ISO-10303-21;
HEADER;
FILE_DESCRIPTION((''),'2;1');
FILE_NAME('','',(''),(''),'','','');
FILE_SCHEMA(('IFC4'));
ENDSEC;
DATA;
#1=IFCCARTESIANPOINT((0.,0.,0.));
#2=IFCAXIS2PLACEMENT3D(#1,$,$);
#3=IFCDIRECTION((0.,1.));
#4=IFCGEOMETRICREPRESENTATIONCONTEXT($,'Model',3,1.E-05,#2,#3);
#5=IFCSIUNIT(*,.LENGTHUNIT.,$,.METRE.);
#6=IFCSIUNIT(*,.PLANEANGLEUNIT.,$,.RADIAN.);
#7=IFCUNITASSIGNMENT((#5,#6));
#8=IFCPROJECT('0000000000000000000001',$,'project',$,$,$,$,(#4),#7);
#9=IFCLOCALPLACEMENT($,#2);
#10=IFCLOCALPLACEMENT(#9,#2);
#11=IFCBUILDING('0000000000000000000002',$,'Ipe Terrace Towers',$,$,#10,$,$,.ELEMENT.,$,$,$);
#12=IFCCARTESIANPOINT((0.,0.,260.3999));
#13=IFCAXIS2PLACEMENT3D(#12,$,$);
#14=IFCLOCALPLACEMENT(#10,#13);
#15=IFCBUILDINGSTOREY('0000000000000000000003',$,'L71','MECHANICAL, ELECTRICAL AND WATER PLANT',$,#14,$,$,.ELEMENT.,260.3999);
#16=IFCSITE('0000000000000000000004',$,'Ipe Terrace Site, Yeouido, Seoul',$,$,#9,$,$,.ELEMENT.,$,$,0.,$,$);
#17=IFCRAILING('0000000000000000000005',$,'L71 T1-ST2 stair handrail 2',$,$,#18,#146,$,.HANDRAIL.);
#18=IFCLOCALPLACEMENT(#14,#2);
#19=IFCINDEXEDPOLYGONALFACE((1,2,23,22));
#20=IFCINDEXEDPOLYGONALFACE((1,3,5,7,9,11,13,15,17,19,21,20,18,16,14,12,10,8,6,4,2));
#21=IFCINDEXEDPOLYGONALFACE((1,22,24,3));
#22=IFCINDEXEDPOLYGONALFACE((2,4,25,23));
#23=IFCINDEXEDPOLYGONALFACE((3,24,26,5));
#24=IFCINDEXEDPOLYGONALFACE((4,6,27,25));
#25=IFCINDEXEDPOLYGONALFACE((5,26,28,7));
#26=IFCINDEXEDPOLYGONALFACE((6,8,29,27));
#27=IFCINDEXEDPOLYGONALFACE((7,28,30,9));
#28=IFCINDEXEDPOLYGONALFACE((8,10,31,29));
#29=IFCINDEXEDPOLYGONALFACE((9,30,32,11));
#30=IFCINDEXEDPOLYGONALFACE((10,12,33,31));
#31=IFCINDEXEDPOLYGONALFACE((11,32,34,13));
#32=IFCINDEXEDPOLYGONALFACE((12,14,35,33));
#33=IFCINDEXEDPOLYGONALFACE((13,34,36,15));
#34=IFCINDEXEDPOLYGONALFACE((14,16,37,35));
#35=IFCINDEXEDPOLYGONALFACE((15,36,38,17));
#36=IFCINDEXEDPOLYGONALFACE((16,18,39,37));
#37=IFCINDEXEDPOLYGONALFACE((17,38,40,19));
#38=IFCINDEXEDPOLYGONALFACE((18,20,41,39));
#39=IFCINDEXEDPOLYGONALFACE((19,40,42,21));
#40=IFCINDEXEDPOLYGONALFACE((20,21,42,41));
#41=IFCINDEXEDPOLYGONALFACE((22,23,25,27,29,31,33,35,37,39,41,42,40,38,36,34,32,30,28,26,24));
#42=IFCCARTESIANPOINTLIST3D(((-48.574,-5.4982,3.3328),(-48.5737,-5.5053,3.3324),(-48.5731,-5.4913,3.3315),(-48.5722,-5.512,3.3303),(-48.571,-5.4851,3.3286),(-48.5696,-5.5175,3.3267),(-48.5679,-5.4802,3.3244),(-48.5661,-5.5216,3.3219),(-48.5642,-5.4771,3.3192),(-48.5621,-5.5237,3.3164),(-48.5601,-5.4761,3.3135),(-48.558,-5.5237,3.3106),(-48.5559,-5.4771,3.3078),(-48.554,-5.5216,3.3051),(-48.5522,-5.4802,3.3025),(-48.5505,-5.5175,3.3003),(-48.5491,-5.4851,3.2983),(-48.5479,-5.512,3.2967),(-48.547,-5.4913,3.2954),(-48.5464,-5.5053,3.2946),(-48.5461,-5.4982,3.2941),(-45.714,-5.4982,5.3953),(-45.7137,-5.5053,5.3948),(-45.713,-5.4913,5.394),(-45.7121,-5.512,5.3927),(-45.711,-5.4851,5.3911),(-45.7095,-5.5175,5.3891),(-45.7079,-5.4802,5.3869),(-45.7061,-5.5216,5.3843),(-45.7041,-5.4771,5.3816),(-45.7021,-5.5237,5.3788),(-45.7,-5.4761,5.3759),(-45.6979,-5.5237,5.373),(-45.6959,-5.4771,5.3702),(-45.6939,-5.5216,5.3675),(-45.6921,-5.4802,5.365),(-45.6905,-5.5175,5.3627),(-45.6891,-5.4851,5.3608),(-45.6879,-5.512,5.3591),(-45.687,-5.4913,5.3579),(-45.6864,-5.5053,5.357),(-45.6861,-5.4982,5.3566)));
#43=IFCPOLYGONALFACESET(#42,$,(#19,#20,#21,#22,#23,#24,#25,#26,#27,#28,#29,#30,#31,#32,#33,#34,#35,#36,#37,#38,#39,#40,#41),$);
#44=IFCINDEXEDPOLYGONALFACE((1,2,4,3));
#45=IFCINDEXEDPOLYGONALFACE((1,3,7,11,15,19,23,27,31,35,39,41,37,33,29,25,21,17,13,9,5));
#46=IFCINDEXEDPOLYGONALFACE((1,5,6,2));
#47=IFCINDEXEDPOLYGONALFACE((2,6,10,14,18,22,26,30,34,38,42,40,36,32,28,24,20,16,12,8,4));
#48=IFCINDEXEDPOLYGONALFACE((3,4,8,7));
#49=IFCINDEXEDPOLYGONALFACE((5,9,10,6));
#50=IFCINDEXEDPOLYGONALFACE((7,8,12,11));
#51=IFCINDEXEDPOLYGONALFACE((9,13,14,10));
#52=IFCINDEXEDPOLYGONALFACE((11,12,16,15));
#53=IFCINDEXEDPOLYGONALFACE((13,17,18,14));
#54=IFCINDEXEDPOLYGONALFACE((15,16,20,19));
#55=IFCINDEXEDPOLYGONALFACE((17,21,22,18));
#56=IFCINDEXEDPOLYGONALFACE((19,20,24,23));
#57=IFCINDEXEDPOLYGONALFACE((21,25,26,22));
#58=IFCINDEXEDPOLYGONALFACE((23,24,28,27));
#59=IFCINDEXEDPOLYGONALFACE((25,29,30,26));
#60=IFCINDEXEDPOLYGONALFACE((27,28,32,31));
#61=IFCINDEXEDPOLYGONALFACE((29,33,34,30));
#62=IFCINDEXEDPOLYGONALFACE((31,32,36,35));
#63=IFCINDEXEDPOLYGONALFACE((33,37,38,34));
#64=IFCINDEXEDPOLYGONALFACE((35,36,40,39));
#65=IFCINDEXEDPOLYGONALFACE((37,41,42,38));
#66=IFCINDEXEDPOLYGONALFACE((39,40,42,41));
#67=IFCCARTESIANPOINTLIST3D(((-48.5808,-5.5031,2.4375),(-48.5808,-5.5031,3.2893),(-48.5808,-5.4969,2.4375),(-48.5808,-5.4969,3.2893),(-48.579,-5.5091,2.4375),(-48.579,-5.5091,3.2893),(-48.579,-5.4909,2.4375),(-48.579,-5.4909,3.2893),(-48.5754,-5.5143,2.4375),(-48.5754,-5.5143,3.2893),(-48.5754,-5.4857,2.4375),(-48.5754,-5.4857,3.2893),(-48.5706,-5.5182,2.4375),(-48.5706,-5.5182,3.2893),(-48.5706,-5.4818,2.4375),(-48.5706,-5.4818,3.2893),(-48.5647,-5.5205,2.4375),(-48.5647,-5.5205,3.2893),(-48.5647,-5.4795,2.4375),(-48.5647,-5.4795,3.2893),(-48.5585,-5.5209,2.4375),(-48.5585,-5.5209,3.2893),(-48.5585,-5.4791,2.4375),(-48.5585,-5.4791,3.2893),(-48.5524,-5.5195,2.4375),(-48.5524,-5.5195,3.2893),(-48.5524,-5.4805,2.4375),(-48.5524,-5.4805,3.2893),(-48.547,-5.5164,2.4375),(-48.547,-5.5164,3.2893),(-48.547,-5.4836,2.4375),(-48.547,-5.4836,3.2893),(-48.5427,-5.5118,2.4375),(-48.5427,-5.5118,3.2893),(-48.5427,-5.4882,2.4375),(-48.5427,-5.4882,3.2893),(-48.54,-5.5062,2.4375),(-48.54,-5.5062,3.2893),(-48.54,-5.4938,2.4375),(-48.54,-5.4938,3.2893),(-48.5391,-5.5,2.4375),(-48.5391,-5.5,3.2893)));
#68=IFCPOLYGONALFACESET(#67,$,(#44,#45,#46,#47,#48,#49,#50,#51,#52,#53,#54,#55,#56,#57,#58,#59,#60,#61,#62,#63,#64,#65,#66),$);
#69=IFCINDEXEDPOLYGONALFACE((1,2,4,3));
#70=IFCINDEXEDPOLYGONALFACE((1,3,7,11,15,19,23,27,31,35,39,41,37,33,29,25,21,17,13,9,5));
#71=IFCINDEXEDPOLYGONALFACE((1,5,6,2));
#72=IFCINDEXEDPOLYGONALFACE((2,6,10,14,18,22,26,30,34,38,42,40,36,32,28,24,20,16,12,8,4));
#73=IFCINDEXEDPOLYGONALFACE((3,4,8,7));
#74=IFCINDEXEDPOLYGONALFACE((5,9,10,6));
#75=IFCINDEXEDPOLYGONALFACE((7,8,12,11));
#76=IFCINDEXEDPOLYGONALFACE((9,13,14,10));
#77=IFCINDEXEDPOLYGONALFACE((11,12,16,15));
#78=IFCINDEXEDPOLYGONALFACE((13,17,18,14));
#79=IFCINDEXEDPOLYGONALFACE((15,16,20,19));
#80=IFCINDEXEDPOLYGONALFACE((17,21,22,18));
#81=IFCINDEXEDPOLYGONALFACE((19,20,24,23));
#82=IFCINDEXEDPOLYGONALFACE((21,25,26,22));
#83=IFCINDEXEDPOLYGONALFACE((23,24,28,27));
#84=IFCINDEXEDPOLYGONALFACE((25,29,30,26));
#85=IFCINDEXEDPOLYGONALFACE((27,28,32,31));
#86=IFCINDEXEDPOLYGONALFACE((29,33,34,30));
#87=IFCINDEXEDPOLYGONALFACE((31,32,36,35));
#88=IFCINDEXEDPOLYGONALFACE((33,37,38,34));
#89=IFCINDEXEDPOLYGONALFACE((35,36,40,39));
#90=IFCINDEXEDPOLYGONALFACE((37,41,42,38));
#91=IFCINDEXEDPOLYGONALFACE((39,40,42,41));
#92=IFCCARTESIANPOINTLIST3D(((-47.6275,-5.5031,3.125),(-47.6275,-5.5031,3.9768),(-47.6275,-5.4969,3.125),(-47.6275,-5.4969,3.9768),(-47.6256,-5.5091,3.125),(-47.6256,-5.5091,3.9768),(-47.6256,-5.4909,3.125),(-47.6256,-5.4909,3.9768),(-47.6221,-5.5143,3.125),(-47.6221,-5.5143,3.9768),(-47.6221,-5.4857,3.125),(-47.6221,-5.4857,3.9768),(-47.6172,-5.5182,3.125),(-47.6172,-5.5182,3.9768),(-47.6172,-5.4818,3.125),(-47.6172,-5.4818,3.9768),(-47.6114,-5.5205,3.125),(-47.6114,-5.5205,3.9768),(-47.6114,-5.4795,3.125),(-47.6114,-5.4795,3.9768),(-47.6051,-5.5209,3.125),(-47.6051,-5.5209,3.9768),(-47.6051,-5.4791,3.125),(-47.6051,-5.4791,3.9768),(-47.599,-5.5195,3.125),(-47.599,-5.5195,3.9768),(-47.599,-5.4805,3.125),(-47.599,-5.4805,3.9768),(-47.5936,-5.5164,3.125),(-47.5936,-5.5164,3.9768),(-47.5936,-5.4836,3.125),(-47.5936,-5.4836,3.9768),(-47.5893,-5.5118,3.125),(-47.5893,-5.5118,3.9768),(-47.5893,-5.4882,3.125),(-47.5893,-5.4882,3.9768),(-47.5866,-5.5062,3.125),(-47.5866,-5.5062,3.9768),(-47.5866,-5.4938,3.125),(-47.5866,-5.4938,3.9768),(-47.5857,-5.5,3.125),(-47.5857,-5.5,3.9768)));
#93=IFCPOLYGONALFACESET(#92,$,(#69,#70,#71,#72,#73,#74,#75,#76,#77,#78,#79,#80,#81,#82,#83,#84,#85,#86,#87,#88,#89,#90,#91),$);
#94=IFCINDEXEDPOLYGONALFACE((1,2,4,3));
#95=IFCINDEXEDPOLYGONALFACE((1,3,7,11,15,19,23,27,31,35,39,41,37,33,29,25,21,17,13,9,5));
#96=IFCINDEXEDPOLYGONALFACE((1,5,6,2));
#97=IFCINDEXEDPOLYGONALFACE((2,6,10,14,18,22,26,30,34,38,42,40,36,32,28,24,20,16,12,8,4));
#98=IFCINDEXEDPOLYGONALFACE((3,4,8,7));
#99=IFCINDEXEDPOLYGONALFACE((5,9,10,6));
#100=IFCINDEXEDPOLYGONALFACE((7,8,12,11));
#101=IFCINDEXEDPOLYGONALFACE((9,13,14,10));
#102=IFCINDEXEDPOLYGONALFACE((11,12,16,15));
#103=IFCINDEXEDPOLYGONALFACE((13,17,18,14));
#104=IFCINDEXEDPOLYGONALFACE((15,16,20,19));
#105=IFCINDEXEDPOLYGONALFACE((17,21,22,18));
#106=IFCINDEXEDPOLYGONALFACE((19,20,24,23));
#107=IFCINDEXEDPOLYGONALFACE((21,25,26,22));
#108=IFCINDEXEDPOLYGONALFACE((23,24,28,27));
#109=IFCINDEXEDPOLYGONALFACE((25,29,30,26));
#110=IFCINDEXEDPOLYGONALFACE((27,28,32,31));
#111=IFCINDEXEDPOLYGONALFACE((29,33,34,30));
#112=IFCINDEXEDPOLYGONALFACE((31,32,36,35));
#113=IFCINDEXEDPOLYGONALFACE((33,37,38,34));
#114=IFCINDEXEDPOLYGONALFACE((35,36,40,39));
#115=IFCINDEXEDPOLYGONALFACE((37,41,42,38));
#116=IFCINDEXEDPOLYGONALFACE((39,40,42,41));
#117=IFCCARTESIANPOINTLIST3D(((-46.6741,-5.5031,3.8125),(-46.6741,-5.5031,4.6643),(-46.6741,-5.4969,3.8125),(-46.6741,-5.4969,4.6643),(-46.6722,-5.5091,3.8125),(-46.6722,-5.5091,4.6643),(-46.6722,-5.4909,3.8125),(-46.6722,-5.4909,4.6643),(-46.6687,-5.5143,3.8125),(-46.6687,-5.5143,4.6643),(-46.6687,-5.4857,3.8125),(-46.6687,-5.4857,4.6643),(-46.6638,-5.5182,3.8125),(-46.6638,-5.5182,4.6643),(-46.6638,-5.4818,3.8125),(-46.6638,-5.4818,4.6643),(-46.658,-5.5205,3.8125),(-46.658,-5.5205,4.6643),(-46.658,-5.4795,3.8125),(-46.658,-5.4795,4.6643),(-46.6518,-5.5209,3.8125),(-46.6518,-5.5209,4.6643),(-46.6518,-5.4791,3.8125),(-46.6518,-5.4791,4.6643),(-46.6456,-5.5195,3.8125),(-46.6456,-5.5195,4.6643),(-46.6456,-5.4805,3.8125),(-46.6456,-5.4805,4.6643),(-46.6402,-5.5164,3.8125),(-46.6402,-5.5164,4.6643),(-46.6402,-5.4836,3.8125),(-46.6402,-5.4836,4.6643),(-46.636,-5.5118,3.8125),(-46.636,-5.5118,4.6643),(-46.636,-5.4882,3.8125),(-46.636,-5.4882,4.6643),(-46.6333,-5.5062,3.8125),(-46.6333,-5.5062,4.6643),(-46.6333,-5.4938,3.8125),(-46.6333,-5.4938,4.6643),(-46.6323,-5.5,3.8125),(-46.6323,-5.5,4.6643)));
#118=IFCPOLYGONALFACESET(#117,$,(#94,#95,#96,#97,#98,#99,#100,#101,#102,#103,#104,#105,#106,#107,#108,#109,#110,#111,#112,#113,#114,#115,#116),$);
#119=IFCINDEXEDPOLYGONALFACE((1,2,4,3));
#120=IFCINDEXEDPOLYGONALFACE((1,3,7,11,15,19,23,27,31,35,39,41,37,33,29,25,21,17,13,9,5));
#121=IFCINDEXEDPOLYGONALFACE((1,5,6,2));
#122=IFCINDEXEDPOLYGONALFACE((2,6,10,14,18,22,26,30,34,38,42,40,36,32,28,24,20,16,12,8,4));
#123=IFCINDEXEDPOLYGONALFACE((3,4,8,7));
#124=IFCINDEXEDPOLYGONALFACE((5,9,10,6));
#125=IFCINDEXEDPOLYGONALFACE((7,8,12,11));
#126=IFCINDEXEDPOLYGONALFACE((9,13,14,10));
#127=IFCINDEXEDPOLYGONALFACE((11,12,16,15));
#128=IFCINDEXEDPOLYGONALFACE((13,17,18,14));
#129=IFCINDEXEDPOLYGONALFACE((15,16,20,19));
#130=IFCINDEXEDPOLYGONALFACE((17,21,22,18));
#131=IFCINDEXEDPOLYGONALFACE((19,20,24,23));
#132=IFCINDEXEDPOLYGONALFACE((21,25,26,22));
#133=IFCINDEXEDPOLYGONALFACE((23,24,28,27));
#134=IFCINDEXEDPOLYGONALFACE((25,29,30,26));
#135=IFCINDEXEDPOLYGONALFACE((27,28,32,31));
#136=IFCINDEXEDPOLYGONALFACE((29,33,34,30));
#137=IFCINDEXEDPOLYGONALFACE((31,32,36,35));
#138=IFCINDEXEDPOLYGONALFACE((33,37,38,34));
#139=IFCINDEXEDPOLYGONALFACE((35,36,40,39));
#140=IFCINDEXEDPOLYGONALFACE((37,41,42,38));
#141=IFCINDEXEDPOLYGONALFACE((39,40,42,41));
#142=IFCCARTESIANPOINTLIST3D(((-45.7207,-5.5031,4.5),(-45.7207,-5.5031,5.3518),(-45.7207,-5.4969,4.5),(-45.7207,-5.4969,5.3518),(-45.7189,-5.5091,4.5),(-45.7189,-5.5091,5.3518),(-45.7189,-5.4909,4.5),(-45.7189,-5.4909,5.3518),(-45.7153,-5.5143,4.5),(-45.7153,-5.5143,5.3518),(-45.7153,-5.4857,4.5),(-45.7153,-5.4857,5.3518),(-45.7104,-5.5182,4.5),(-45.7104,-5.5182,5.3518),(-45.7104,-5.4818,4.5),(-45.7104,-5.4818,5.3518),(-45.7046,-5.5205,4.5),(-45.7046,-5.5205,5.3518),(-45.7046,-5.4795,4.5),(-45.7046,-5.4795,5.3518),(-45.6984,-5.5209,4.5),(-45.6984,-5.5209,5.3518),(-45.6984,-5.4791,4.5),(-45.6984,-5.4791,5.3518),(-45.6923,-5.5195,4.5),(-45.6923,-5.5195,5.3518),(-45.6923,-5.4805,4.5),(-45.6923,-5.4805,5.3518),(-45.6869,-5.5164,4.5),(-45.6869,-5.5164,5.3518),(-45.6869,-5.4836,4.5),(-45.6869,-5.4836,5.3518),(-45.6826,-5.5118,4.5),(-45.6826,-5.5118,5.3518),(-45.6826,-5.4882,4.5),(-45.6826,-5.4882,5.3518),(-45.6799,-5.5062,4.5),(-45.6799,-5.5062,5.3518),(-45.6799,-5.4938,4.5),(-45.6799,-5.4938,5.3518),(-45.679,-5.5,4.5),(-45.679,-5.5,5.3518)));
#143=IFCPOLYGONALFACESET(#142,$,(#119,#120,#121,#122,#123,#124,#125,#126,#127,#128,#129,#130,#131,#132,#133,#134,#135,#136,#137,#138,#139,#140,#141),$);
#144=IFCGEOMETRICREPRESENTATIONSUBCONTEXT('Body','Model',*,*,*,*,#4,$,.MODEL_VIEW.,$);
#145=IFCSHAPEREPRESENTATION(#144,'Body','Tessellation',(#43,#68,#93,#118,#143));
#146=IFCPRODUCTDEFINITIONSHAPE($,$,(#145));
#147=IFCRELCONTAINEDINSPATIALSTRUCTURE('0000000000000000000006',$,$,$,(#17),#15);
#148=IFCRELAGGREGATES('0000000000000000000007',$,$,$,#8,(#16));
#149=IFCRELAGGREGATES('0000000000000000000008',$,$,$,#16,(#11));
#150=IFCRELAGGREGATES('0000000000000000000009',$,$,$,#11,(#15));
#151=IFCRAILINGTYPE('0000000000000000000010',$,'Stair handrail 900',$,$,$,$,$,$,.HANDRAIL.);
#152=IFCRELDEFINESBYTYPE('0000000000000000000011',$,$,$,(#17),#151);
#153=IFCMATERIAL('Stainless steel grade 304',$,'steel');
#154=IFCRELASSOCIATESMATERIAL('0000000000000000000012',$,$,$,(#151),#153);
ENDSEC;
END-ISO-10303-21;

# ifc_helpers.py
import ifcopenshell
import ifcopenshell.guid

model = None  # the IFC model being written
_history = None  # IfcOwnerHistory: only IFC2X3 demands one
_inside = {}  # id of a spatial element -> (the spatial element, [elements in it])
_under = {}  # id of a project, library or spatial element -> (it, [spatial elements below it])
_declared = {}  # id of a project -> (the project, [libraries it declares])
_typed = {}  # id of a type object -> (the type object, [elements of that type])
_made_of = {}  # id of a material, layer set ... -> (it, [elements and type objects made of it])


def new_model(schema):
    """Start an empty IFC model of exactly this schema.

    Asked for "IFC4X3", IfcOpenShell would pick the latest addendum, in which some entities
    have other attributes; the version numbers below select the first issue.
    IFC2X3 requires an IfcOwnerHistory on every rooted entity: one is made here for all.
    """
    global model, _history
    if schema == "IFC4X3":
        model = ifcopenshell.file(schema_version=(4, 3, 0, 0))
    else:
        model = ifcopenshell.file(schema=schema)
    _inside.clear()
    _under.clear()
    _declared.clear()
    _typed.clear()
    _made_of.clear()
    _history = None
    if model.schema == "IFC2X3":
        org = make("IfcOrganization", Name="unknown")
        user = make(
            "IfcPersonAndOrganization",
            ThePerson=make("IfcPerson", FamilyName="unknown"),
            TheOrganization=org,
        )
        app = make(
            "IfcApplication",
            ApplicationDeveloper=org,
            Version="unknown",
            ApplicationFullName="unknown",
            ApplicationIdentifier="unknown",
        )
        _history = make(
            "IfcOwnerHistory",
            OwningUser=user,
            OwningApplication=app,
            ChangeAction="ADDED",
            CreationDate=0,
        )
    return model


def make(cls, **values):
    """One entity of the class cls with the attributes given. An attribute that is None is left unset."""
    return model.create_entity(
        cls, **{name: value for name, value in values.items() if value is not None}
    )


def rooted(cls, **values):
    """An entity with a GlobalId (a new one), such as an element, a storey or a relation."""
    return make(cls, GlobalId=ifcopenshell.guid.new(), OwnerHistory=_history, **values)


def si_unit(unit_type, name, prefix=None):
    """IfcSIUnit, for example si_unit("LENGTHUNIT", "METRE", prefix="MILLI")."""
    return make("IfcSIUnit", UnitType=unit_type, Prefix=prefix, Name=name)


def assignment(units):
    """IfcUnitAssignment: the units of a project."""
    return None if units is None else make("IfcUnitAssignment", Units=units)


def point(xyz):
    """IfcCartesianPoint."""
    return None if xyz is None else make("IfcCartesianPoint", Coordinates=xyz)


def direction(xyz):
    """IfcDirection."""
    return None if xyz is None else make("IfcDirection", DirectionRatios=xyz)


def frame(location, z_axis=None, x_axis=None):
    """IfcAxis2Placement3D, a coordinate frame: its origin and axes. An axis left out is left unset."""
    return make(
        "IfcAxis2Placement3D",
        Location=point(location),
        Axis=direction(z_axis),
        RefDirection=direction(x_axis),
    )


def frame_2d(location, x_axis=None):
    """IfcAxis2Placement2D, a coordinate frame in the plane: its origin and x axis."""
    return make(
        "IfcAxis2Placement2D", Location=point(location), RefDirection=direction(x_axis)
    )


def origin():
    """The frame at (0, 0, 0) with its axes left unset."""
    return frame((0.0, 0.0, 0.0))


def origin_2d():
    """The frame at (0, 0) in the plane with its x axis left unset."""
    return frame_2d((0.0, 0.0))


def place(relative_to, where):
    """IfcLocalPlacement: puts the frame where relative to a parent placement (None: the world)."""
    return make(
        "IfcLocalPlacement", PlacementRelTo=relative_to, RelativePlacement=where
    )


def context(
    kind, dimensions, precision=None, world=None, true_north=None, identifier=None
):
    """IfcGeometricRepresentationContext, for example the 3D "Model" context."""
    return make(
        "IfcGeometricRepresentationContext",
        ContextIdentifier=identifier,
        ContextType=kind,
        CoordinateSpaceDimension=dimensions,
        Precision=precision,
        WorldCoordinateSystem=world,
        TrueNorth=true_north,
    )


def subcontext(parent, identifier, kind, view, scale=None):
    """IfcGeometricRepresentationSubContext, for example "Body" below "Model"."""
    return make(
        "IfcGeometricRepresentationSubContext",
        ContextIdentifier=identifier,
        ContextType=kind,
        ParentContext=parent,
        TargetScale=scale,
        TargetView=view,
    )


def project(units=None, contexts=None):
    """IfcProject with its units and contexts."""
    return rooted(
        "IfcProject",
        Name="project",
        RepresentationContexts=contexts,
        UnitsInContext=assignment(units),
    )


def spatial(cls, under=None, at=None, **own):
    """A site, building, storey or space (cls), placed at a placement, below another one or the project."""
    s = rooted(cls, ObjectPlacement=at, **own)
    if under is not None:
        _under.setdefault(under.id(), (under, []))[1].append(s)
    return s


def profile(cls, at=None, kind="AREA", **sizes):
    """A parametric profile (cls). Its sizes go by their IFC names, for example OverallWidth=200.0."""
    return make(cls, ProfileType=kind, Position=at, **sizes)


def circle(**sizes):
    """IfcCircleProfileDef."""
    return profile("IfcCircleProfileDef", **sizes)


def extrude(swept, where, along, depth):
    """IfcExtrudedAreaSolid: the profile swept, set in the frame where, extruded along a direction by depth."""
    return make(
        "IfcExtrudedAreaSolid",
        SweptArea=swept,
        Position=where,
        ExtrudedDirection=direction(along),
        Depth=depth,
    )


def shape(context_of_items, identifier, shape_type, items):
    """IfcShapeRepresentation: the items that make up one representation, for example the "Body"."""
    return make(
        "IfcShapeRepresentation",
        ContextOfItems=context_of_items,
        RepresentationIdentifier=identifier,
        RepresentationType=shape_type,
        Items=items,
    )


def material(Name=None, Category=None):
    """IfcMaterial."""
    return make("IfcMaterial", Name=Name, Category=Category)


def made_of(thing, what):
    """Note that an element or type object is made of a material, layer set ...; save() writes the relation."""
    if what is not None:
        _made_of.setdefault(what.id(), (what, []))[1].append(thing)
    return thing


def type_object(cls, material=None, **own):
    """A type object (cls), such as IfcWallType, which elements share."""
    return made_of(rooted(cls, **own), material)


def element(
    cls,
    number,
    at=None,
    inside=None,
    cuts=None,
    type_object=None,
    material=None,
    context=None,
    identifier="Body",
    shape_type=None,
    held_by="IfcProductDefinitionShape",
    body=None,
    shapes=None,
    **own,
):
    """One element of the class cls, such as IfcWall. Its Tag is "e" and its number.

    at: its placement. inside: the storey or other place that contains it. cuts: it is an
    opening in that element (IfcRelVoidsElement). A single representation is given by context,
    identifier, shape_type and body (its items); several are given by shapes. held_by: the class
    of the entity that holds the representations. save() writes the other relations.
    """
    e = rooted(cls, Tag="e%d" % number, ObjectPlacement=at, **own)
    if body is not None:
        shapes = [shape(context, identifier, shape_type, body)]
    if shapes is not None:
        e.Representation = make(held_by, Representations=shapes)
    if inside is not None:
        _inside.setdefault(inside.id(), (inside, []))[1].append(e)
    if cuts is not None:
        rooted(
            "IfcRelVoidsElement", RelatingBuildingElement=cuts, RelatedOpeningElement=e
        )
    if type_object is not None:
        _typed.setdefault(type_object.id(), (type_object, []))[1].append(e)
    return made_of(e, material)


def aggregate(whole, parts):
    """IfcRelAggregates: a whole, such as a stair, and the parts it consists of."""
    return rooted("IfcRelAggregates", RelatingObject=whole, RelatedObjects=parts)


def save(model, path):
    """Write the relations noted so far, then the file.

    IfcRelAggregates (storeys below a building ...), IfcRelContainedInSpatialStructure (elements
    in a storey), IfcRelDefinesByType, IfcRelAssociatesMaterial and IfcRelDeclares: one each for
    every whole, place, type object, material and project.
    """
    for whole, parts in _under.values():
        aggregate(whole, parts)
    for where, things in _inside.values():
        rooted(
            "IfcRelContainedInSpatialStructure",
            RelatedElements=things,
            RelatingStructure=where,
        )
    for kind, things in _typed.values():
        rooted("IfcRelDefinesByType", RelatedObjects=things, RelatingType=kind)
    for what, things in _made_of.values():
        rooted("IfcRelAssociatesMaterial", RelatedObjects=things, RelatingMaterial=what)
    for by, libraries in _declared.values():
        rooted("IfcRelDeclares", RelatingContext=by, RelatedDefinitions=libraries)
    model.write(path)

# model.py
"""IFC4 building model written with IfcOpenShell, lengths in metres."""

from ifc_helpers import new_model, si_unit, direction, frame, origin, origin_2d, place, context, subcontext, project, spatial, circle, extrude, material, type_object, element, save


model = new_model("IFC4")

# Units and contexts
model_context = context("Model", 3, precision=1e-05, world=origin(), true_north=direction((0.0, 1.0)))
body_context = subcontext(model_context, "Body", "Model", "MODEL_VIEW")
ifc_project = project(units=[si_unit("LENGTHUNIT", "METRE"), si_unit("PLANEANGLEUNIT", "RADIAN")], contexts=[model_context])

# Site, building, storey
site_placement = place(None, origin())
site = spatial("IfcSite", under=ifc_project, at=site_placement, Name="Ipe Terrace Site, Yeouido, Seoul", CompositionType="ELEMENT", RefElevation=0.0)
building_placement = place(site_placement, origin())
building = spatial("IfcBuilding", under=site, at=building_placement, Name="Ipe Terrace Towers", CompositionType="ELEMENT")
storey_placement = place(building_placement, frame((0.0, 0.0, 260.3999)))
storey = spatial("IfcBuildingStorey", under=building, at=storey_placement, Name="L71", Description="MECHANICAL, ELECTRICAL AND WATER PLANT", CompositionType="ELEMENT", Elevation=260.3999)

# Railing
ifc_material_1 = material(Name="Stainless steel grade 304", Category="steel")
railing_type_1 = type_object("IfcRailingType", Name="Stair handrail 900", PredefinedType="HANDRAIL", material=ifc_material_1)
railing_1_placement = place(storey_placement, frame((-48.5601, -5.5, 2.4375)))
element("IfcRailing", 1, at=railing_1_placement, inside=storey, type_object=railing_type_1, Name="L71 T1-ST2 stair handrail 2", PredefinedType="HANDRAIL", context=body_context, shape_type="SweptSolid", body=[
    extrude(circle(Radius=0.0239, at=origin_2d()), frame((0.0, 0.0, 0.876), z_axis=(0.811101, 0.0, 0.584906), x_axis=(0.0, 1.0, 0.0)), (0.0, 0.0, 1.0), 3.5261),
    extrude(circle(Radius=0.021, at=origin_2d()), origin(), (0.0, 0.0, 1.0), 0.8518),
    extrude(circle(Radius=0.021, at=origin_2d()), frame((0.9534, 0.0, 0.6875)), (0.0, 0.0, 1.0), 0.8518),
    extrude(circle(Radius=0.021, at=origin_2d()), frame((1.9067, 0.0, 1.375)), (0.0, 0.0, 1.0), 0.8518),
    extrude(circle(Radius=0.021, at=origin_2d()), frame((2.8601, 0.0, 2.0625)), (0.0, 0.0, 1.0), 0.8518),
])

save(model, "model.ifc")
